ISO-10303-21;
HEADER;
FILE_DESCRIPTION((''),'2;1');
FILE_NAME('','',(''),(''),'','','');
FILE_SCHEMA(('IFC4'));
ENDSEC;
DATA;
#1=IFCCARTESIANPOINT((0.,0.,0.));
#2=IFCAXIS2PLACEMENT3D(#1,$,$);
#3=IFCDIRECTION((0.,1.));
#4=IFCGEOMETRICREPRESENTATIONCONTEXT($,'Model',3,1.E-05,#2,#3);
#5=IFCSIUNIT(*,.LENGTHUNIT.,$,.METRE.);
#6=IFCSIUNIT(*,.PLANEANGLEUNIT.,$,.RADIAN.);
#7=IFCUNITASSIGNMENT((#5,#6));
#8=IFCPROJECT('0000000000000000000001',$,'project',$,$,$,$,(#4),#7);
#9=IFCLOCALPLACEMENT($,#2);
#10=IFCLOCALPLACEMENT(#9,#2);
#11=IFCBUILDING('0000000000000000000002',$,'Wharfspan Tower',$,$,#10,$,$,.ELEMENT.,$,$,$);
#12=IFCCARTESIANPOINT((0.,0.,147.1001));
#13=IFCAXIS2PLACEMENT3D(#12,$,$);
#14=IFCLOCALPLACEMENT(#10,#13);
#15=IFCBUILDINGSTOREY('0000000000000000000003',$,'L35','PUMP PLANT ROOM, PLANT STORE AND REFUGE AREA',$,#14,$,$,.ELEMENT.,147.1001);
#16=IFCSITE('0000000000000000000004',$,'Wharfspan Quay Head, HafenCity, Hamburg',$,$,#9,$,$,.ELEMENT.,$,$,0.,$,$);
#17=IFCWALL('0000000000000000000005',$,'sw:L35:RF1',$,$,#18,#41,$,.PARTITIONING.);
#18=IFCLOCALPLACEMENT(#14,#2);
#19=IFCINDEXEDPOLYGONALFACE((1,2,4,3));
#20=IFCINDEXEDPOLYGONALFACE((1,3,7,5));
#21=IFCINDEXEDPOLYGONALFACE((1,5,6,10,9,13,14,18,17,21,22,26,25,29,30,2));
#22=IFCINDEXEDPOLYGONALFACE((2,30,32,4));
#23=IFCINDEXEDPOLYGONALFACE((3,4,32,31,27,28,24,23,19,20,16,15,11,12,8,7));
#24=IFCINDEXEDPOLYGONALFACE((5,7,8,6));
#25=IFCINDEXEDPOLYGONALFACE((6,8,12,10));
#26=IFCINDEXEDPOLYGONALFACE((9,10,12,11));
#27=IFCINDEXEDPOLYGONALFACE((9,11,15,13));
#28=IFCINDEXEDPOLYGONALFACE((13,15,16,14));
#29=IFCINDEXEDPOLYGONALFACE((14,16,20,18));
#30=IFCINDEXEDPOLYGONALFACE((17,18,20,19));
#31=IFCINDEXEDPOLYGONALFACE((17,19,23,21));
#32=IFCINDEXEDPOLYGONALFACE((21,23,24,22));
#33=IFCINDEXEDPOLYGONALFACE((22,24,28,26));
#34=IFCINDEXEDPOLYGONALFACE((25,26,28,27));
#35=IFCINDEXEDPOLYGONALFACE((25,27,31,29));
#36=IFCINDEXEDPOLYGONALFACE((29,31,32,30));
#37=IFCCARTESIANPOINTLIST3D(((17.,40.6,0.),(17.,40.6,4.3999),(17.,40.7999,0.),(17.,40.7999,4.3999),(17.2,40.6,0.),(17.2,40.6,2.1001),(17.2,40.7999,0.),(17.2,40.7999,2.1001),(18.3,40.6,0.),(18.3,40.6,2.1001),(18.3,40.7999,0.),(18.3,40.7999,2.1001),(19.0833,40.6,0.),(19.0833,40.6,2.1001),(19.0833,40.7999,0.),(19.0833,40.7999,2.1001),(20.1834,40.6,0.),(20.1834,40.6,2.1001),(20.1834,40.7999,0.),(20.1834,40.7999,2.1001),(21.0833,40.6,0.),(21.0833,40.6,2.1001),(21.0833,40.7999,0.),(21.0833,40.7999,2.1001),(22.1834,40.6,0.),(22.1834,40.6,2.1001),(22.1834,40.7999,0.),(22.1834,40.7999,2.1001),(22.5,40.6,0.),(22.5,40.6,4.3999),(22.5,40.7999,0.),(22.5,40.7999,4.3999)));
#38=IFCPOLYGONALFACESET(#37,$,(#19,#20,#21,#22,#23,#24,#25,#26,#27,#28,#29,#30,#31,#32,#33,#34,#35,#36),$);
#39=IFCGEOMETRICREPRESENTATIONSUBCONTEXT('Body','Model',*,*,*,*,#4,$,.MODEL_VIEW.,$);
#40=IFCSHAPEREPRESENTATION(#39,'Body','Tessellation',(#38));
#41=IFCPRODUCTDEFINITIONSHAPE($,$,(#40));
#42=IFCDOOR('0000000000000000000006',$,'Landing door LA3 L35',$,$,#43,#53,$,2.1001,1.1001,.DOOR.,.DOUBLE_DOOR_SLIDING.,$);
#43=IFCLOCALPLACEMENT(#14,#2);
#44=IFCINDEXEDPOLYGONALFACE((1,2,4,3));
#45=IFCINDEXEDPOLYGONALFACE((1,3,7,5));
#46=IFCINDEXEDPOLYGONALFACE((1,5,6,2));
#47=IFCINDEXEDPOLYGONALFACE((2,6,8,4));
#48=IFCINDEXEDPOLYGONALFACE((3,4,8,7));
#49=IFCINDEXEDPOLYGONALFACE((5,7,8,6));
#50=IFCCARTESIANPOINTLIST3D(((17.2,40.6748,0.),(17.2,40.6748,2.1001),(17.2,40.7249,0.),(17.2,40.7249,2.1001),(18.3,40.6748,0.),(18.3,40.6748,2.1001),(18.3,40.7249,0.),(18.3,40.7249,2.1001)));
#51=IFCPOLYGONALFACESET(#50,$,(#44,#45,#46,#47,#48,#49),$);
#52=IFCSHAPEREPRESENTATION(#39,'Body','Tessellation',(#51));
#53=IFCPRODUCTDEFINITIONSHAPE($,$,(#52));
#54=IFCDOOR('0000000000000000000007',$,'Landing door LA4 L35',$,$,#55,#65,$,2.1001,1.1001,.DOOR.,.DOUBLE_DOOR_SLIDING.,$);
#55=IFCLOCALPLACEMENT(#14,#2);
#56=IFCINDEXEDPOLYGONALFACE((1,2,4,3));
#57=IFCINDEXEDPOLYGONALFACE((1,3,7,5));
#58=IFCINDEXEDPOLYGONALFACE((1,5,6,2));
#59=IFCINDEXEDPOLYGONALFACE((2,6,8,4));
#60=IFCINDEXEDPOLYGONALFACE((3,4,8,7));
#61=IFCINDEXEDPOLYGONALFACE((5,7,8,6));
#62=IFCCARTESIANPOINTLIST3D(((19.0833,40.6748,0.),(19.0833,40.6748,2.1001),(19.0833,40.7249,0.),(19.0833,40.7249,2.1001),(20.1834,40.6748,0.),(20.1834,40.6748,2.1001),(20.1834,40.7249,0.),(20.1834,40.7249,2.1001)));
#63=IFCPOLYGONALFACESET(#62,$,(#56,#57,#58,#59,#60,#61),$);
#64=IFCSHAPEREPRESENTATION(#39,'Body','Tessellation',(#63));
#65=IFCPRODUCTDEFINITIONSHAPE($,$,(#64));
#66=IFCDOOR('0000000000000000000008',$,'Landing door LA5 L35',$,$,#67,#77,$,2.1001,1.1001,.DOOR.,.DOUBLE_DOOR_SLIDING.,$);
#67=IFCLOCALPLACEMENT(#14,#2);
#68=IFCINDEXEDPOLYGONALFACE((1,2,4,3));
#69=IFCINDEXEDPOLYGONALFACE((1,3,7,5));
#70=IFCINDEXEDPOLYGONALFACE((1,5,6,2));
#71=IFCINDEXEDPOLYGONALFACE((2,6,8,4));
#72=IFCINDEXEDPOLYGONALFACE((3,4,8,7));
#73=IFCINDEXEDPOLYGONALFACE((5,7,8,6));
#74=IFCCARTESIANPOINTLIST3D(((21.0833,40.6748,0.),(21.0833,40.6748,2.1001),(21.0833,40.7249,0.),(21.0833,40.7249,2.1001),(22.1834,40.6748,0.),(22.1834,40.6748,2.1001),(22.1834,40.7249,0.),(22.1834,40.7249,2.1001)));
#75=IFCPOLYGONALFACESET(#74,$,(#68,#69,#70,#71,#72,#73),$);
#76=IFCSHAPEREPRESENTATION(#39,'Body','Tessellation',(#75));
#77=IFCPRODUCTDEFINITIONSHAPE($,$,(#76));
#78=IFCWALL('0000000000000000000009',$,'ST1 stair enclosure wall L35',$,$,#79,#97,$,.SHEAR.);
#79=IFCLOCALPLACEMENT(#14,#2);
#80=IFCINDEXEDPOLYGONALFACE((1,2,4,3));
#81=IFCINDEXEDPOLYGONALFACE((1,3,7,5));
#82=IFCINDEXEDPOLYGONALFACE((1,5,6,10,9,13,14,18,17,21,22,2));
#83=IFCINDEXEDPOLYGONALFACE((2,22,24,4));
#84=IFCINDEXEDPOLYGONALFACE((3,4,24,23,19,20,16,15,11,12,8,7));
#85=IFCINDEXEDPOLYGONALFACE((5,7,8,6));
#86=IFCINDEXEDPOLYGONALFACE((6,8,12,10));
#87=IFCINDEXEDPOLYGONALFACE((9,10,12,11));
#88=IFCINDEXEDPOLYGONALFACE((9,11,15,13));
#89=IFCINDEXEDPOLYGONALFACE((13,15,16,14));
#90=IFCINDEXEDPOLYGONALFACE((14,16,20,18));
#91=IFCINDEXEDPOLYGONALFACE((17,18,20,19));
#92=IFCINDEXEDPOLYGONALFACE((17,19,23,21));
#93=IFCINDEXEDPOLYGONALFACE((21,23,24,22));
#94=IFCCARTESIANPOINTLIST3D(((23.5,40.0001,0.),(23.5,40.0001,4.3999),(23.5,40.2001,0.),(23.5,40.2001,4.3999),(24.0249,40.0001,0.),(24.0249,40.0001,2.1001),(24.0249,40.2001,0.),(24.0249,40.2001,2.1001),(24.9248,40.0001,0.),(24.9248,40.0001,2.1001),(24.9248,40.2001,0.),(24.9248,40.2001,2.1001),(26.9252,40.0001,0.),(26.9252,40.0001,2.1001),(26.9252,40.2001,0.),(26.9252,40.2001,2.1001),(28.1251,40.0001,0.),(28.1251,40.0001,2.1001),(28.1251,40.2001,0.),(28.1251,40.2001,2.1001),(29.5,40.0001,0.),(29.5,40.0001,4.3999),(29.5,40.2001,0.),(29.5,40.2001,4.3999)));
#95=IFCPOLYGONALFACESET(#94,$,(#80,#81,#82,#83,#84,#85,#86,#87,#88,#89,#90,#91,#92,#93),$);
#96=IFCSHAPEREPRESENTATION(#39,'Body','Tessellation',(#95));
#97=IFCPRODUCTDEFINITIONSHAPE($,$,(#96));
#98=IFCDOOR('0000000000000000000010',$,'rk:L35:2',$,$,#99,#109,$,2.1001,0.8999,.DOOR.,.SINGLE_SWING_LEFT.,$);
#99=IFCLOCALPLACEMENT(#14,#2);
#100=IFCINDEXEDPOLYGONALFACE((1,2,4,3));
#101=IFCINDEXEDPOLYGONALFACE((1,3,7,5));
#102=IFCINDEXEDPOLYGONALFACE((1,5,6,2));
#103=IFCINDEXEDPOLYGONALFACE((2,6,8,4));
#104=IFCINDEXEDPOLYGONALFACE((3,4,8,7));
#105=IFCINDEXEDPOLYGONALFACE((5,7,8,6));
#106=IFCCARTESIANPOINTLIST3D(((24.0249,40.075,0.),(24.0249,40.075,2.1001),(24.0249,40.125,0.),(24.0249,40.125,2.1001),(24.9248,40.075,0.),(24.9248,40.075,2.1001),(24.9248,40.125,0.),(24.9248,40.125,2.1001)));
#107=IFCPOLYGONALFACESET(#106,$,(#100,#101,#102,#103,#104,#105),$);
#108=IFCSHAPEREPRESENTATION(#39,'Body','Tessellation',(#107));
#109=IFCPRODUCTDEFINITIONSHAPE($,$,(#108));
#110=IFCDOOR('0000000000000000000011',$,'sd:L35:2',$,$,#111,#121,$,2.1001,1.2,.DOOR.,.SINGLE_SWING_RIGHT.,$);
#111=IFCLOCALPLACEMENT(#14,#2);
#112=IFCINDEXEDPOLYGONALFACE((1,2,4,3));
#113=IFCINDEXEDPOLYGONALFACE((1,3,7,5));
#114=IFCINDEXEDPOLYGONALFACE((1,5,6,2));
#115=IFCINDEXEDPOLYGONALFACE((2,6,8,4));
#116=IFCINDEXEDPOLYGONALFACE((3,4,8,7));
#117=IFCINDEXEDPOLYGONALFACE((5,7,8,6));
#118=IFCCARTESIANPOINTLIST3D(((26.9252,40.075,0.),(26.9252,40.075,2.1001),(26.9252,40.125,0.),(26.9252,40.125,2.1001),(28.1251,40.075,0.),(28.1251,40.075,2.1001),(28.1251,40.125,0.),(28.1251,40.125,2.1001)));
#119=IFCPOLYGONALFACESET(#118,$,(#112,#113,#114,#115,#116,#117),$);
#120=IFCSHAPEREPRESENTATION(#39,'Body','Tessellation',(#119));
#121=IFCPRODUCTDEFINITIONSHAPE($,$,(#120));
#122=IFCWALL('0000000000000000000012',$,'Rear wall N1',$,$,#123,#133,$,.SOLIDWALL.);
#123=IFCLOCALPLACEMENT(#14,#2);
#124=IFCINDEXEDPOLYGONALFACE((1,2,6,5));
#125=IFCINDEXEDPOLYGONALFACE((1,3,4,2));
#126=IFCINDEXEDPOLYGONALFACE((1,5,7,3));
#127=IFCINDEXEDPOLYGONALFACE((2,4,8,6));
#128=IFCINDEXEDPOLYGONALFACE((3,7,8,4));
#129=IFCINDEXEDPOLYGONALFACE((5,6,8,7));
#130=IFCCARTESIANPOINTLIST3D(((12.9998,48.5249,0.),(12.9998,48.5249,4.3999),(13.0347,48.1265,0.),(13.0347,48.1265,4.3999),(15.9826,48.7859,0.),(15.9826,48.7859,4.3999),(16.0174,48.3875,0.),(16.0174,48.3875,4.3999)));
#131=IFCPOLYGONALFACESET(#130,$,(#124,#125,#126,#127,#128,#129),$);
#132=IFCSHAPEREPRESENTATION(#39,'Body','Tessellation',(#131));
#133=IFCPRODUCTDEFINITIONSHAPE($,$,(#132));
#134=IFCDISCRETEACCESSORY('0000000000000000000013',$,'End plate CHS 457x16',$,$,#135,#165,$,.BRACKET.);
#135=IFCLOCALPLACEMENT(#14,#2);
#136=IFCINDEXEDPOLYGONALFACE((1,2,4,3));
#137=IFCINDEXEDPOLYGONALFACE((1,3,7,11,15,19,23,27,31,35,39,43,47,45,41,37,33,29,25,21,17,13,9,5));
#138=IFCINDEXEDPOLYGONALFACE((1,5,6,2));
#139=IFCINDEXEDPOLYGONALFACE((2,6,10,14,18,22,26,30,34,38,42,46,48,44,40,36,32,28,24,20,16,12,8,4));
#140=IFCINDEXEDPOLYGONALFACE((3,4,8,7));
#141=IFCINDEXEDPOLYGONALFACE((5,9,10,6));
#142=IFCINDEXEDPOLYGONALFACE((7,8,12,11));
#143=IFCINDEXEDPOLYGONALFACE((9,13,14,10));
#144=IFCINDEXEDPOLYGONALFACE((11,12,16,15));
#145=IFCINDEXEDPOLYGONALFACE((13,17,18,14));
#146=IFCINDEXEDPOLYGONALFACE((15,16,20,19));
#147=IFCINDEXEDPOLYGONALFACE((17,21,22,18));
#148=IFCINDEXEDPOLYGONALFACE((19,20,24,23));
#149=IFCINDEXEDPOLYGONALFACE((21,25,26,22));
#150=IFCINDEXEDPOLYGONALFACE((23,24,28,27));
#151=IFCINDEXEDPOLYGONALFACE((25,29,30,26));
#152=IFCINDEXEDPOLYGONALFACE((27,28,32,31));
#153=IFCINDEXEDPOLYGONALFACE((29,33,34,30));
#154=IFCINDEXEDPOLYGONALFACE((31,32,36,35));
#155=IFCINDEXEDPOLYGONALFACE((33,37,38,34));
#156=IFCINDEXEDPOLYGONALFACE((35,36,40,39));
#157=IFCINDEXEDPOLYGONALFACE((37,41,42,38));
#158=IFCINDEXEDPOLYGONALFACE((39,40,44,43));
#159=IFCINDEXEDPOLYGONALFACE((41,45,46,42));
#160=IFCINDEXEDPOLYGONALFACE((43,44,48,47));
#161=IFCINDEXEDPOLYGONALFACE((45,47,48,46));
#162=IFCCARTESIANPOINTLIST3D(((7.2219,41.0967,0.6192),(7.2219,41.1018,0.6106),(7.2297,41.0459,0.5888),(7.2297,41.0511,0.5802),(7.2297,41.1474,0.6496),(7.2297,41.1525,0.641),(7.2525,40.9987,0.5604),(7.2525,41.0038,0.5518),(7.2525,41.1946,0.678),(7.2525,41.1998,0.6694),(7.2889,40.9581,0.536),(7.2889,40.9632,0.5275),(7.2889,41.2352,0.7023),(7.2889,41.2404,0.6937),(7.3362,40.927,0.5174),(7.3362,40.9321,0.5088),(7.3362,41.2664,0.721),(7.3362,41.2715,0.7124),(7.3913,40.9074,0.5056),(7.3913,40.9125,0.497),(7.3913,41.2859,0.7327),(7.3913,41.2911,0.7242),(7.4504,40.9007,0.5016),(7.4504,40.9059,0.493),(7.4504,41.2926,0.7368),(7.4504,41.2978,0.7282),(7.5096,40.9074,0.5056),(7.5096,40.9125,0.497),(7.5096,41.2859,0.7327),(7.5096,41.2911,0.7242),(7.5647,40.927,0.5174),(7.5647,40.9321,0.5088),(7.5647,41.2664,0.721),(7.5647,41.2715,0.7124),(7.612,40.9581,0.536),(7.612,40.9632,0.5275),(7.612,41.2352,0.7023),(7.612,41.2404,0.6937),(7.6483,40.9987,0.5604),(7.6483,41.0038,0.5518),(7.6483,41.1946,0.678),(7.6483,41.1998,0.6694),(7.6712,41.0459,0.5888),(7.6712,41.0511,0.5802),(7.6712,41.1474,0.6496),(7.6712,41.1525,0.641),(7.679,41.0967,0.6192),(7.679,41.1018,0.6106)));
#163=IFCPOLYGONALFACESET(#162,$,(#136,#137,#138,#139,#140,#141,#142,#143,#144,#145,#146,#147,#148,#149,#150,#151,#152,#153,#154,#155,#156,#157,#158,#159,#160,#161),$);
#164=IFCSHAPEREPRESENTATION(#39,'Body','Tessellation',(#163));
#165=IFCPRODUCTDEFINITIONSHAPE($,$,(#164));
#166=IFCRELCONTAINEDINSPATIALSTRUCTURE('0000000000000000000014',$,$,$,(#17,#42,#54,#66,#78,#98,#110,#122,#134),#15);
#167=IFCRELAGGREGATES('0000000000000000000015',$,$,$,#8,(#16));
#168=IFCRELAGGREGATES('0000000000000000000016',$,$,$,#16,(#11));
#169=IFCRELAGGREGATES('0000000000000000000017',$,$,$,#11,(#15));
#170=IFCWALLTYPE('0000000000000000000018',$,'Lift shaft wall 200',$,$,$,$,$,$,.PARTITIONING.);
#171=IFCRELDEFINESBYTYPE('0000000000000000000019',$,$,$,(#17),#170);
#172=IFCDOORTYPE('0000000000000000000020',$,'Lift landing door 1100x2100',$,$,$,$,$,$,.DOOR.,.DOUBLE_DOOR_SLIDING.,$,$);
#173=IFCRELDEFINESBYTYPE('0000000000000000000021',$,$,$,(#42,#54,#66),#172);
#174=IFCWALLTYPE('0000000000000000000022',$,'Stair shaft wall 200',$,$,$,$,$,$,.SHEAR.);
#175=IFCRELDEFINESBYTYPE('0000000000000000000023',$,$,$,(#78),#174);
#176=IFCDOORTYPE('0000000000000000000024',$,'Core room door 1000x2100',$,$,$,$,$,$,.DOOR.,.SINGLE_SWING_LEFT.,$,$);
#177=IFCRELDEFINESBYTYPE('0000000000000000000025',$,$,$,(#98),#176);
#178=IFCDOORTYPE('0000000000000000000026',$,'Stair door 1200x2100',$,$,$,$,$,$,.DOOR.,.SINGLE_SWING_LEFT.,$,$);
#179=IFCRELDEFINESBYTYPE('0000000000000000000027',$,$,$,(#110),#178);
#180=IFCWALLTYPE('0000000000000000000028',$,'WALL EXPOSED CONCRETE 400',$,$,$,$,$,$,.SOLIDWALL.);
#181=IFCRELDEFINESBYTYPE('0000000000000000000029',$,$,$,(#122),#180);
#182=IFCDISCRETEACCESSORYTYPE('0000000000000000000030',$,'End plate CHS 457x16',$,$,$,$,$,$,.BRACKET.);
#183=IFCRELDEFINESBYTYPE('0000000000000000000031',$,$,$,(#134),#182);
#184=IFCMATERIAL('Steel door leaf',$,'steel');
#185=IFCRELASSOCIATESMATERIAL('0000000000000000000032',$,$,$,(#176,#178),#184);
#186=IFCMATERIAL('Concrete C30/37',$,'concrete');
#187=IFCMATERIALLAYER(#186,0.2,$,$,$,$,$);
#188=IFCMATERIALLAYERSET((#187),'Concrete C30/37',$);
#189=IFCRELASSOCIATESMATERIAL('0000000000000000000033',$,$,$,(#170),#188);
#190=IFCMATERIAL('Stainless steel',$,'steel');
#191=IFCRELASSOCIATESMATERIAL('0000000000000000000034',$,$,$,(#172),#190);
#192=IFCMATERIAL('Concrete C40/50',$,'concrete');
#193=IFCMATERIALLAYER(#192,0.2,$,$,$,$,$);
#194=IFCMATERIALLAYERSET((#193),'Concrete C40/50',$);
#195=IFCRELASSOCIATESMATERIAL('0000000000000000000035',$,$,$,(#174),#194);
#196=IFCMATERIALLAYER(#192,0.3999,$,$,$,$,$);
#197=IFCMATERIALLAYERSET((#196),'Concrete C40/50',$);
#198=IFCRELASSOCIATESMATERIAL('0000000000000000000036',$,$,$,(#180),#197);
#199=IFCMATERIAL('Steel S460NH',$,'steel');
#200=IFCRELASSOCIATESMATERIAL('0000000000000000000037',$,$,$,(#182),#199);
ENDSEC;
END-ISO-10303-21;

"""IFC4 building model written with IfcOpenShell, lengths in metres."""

from ifc_helpers import new_model, si_unit, direction, frame, frame_2d, origin, origin_2d, place, context, subcontext, project, spatial, rectangle, circle, extrude, material, layer, layer_set, material_profile, profile_set, type_object, element, fill, save


model = new_model("IFC4")

# Units and contexts
model_context = context("Model", 3, precision=1e-05, world=origin(), true_north=direction((0.0, 1.0)))
body_context = subcontext(model_context, "Body", "Model", "MODEL_VIEW")
ifc_project = project(units=[si_unit("LENGTHUNIT", "METRE"), si_unit("PLANEANGLEUNIT", "RADIAN")], contexts=[model_context])

# Site, building, storey
site_placement = place(None, origin())
site = spatial("IfcSite", under=ifc_project, at=site_placement, Name="Wharfspan Quay Head, HafenCity, Hamburg", CompositionType="ELEMENT", RefElevation=0.0)
building_placement = place(site_placement, origin())
building = spatial("IfcBuilding", under=site, at=building_placement, Name="Wharfspan Tower", CompositionType="ELEMENT")
storey_placement = place(building_placement, frame((0.0, 0.0, 147.1001)))
storey = spatial("IfcBuildingStorey", under=building, at=storey_placement, Name="L35", Description="PUMP PLANT ROOM, PLANT STORE AND REFUGE AREA", CompositionType="ELEMENT", Elevation=147.1001)

# Shared definitions
ifc_material_1 = material(Name="Steel S460NH", Category="steel")

# Walls, openings, doors
ifc_material_2 = material(Name="Steel door leaf", Category="steel")
door_type_1 = type_object("IfcDoorType", Name="Core room door 1000x2100", OperationType="SINGLE_SWING_LEFT", PredefinedType="DOOR", material=ifc_material_2)
ifc_material_3 = material(Name="Concrete C30/37", Category="concrete")
ifc_layer_1 = layer(ifc_material_3, 0.2)
ifc_layer_set_1 = layer_set([ifc_layer_1], Name="Concrete C30/37")
wall_type_1 = type_object("IfcWallType", Name="Lift shaft wall 200", PredefinedType="PARTITIONING", material=ifc_layer_set_1)
wall_1_placement = place(storey_placement, frame((17.0, 40.7, 0.0), z_axis=(0.0, 0.0, 1.0), x_axis=(1.0, 0.0, 0.0)))
wall_1 = element("IfcWall", 1, at=wall_1_placement, inside=storey, type_object=wall_type_1, Name="sw:L35:RF1", PredefinedType="PARTITIONING", context=body_context, shape_type="SweptSolid", body=[
    extrude(rectangle(XDim=5.5, YDim=0.2, at=frame_2d((2.75, 0.0))), origin(), (0.0, 0.0, 1.0), 4.3999),
])
opening_1_placement = place(wall_1_placement, frame((0.2, 0.0, 0.0)))
opening_1 = element("IfcOpeningElement", 2, at=opening_1_placement, cuts=wall_1, PredefinedType="OPENING", context=body_context, shape_type="SweptSolid", body=[
    extrude(rectangle(XDim=1.1001, YDim=2.1001, at=frame_2d((0.55, 1.05))), frame((0.0, 0.1099, 0.0), z_axis=(0.0, -1.0, 0.0), x_axis=(1.0, 0.0, 0.0)), (0.0, 0.0, 1.0), 0.22),
])
opening_2_placement = place(wall_1_placement, frame((2.0833, 0.0, 0.0)))
opening_2 = element("IfcOpeningElement", 3, at=opening_2_placement, cuts=wall_1, PredefinedType="OPENING", context=body_context, shape_type="SweptSolid", body=[
    extrude(rectangle(XDim=1.1001, YDim=2.1001, at=frame_2d((0.55, 1.05))), frame((0.0, 0.1099, 0.0), z_axis=(0.0, -1.0, 0.0), x_axis=(1.0, 0.0, 0.0)), (0.0, 0.0, 1.0), 0.22),
])
opening_3_placement = place(wall_1_placement, frame((4.0833, 0.0, 0.0)))
opening_3 = element("IfcOpeningElement", 4, at=opening_3_placement, cuts=wall_1, PredefinedType="OPENING", context=body_context, shape_type="SweptSolid", body=[
    extrude(rectangle(XDim=1.1001, YDim=2.1001, at=frame_2d((0.55, 1.05))), frame((0.0, 0.1099, 0.0), z_axis=(0.0, -1.0, 0.0), x_axis=(1.0, 0.0, 0.0)), (0.0, 0.0, 1.0), 0.22),
])
ifc_material_4 = material(Name="Stainless steel", Category="steel")
door_type_2 = type_object("IfcDoorType", Name="Lift landing door 1100x2100", OperationType="DOUBLE_DOOR_SLIDING", PredefinedType="DOOR", material=ifc_material_4)
door_1_placement = place(opening_1_placement, origin())
door_1 = element("IfcDoor", 5, at=door_1_placement, inside=storey, type_object=door_type_2, Name="Landing door LA3 L35", OperationType="DOUBLE_DOOR_SLIDING", OverallHeight=2.1001, OverallWidth=1.1001, PredefinedType="DOOR", context=body_context, shape_type="SweptSolid", body=[
    extrude(rectangle(XDim=1.1001, YDim=2.1001, at=frame_2d((0.55, 1.05))), frame((0.0, 0.0249, 0.0), z_axis=(0.0, -1.0, 0.0), x_axis=(1.0, 0.0, 0.0)), (0.0, 0.0, 1.0), 0.05),
])
fill(opening_1, door_1)
door_2_placement = place(opening_2_placement, origin())
door_2 = element("IfcDoor", 6, at=door_2_placement, inside=storey, type_object=door_type_2, Name="Landing door LA4 L35", OperationType="DOUBLE_DOOR_SLIDING", OverallHeight=2.1001, OverallWidth=1.1001, PredefinedType="DOOR", context=body_context, shape_type="SweptSolid", body=[
    extrude(rectangle(XDim=1.1001, YDim=2.1001, at=frame_2d((0.55, 1.05))), frame((0.0, 0.0249, 0.0), z_axis=(0.0, -1.0, 0.0), x_axis=(1.0, 0.0, 0.0)), (0.0, 0.0, 1.0), 0.05),
])
fill(opening_2, door_2)
door_3_placement = place(opening_3_placement, origin())
door_3 = element("IfcDoor", 7, at=door_3_placement, inside=storey, type_object=door_type_2, Name="Landing door LA5 L35", OperationType="DOUBLE_DOOR_SLIDING", OverallHeight=2.1001, OverallWidth=1.1001, PredefinedType="DOOR", context=body_context, shape_type="SweptSolid", body=[
    extrude(rectangle(XDim=1.1001, YDim=2.1001, at=frame_2d((0.55, 1.05))), frame((0.0, 0.0249, 0.0), z_axis=(0.0, -1.0, 0.0), x_axis=(1.0, 0.0, 0.0)), (0.0, 0.0, 1.0), 0.05),
])
fill(opening_3, door_3)
ifc_material_5 = material(Name="Concrete C40/50", Category="concrete")
ifc_layer_2 = layer(ifc_material_5, 0.2)
ifc_layer_set_2 = layer_set([ifc_layer_2], Name="Concrete C40/50")
wall_type_2 = type_object("IfcWallType", Name="Stair shaft wall 200", PredefinedType="SHEAR", material=ifc_layer_set_2)
wall_2_placement = place(storey_placement, frame((23.5, 40.1001, 0.0), z_axis=(0.0, 0.0, 1.0), x_axis=(1.0, 0.0, 0.0)))
wall_2 = element("IfcWall", 8, at=wall_2_placement, inside=storey, type_object=wall_type_2, Name="ST1 stair enclosure wall L35", PredefinedType="SHEAR", context=body_context, shape_type="SweptSolid", body=[
    extrude(rectangle(XDim=6.0, YDim=0.2, at=frame_2d((3.0, 0.0))), origin(), (0.0, 0.0, 1.0), 4.3999),
])
opening_4_placement = place(wall_2_placement, frame((3.425, 0.0, 0.0)))
opening_4 = element("IfcOpeningElement", 9, at=opening_4_placement, cuts=wall_2, PredefinedType="OPENING", context=body_context, shape_type="SweptSolid", body=[
    extrude(rectangle(XDim=1.2, YDim=2.1001, at=frame_2d((0.6001, 1.05))), frame((0.0, 0.1099, 0.0), z_axis=(0.0, -1.0, 0.0), x_axis=(1.0, 0.0, 0.0)), (0.0, 0.0, 1.0), 0.22),
])
opening_5_placement = place(wall_2_placement, frame((0.5249, 0.0, 0.0)))
opening_5 = element("IfcOpeningElement", 10, at=opening_5_placement, cuts=wall_2, PredefinedType="OPENING", context=body_context, shape_type="SweptSolid", body=[
    extrude(rectangle(XDim=0.8999, YDim=2.1001, at=frame_2d((0.45, 1.05))), frame((0.0, 0.1099, 0.0), z_axis=(0.0, -1.0, 0.0), x_axis=(1.0, 0.0, 0.0)), (0.0, 0.0, 1.0), 0.22),
])
door_4_placement = place(opening_5_placement, origin())
door_4 = element("IfcDoor", 11, at=door_4_placement, inside=storey, type_object=door_type_1, Name="rk:L35:2", OperationType="SINGLE_SWING_LEFT", OverallHeight=2.1001, OverallWidth=0.8999, PredefinedType="DOOR", context=body_context, shape_type="SweptSolid", body=[
    extrude(rectangle(XDim=0.8999, YDim=2.1001, at=frame_2d((0.45, 1.05))), frame((0.0, 0.0249, 0.0), z_axis=(0.0, -1.0, 0.0), x_axis=(1.0, 0.0, 0.0)), (0.0, 0.0, 1.0), 0.05),
])
fill(opening_5, door_4)
door_type_3 = type_object("IfcDoorType", Name="Stair door 1200x2100", OperationType="SINGLE_SWING_LEFT", PredefinedType="DOOR", material=ifc_material_2)
door_5_placement = place(opening_4_placement, origin())
door_5 = element("IfcDoor", 12, at=door_5_placement, inside=storey, type_object=door_type_3, Name="sd:L35:2", OperationType="SINGLE_SWING_RIGHT", OverallHeight=2.1001, OverallWidth=1.2, PredefinedType="DOOR", context=body_context, shape_type="SweptSolid", body=[
    extrude(rectangle(XDim=1.2, YDim=2.1001, at=frame_2d((0.6001, 1.05))), frame((0.0, 0.0249, 0.0), z_axis=(0.0, -1.0, 0.0), x_axis=(1.0, 0.0, 0.0)), (0.0, 0.0, 1.0), 0.05),
])
fill(opening_4, door_5)

# Wall
ifc_layer_3 = layer(ifc_material_5, 0.3999)
ifc_layer_set_3 = layer_set([ifc_layer_3], Name="Concrete C40/50")
wall_type_3 = type_object("IfcWallType", Name="WALL EXPOSED CONCRETE 400", PredefinedType="SOLIDWALL", material=ifc_layer_set_3)
wall_3_placement = place(storey_placement, frame((16.0, 48.5867, 0.0), z_axis=(0.0, 0.0, 1.0), x_axis=(-0.996194, -0.087168, 0.0)))
element("IfcWall", 13, at=wall_3_placement, inside=storey, type_object=wall_type_3, Name="Rear wall N1", PredefinedType="SOLIDWALL", context=body_context, shape_type="SweptSolid", body=[
    extrude(rectangle(XDim=2.9941, YDim=0.3999, at=frame_2d((1.4971, 0.0))), origin(), (0.0, 0.0, 1.0), 4.3999),
])

# Discrete accessory
ifc_material_profile_1 = material_profile(ifc_material_1, circle(Radius=0.2285, at=origin_2d()))
ifc_profile_set_1 = profile_set([ifc_material_profile_1], Name="Steel S460NH")
discrete_accessory_type_1 = type_object("IfcDiscreteAccessoryType", Name="End plate CHS 457x16", PredefinedType="BRACKET", material=ifc_profile_set_1)
for number, where, z_axis, x_axis, name in (
    (14, (7.4504, 41.1018, 0.6106), (0.0, -0.514496, 0.857493), (1.0, 0.0, 0.0), "End plate CHS 457x16"),
):
    element("IfcDiscreteAccessory", number, at=place(storey_placement, frame(where, z_axis=z_axis, x_axis=x_axis)), inside=storey, type_object=discrete_accessory_type_1, Name=name, PredefinedType="BRACKET", context=body_context, shape_type="SweptSolid", body=[
        extrude(circle(Radius=0.2285, at=origin_2d()), origin(), (0.0, 0.0, 1.0), 0.01),
    ])

save(model, "model.ifc")
